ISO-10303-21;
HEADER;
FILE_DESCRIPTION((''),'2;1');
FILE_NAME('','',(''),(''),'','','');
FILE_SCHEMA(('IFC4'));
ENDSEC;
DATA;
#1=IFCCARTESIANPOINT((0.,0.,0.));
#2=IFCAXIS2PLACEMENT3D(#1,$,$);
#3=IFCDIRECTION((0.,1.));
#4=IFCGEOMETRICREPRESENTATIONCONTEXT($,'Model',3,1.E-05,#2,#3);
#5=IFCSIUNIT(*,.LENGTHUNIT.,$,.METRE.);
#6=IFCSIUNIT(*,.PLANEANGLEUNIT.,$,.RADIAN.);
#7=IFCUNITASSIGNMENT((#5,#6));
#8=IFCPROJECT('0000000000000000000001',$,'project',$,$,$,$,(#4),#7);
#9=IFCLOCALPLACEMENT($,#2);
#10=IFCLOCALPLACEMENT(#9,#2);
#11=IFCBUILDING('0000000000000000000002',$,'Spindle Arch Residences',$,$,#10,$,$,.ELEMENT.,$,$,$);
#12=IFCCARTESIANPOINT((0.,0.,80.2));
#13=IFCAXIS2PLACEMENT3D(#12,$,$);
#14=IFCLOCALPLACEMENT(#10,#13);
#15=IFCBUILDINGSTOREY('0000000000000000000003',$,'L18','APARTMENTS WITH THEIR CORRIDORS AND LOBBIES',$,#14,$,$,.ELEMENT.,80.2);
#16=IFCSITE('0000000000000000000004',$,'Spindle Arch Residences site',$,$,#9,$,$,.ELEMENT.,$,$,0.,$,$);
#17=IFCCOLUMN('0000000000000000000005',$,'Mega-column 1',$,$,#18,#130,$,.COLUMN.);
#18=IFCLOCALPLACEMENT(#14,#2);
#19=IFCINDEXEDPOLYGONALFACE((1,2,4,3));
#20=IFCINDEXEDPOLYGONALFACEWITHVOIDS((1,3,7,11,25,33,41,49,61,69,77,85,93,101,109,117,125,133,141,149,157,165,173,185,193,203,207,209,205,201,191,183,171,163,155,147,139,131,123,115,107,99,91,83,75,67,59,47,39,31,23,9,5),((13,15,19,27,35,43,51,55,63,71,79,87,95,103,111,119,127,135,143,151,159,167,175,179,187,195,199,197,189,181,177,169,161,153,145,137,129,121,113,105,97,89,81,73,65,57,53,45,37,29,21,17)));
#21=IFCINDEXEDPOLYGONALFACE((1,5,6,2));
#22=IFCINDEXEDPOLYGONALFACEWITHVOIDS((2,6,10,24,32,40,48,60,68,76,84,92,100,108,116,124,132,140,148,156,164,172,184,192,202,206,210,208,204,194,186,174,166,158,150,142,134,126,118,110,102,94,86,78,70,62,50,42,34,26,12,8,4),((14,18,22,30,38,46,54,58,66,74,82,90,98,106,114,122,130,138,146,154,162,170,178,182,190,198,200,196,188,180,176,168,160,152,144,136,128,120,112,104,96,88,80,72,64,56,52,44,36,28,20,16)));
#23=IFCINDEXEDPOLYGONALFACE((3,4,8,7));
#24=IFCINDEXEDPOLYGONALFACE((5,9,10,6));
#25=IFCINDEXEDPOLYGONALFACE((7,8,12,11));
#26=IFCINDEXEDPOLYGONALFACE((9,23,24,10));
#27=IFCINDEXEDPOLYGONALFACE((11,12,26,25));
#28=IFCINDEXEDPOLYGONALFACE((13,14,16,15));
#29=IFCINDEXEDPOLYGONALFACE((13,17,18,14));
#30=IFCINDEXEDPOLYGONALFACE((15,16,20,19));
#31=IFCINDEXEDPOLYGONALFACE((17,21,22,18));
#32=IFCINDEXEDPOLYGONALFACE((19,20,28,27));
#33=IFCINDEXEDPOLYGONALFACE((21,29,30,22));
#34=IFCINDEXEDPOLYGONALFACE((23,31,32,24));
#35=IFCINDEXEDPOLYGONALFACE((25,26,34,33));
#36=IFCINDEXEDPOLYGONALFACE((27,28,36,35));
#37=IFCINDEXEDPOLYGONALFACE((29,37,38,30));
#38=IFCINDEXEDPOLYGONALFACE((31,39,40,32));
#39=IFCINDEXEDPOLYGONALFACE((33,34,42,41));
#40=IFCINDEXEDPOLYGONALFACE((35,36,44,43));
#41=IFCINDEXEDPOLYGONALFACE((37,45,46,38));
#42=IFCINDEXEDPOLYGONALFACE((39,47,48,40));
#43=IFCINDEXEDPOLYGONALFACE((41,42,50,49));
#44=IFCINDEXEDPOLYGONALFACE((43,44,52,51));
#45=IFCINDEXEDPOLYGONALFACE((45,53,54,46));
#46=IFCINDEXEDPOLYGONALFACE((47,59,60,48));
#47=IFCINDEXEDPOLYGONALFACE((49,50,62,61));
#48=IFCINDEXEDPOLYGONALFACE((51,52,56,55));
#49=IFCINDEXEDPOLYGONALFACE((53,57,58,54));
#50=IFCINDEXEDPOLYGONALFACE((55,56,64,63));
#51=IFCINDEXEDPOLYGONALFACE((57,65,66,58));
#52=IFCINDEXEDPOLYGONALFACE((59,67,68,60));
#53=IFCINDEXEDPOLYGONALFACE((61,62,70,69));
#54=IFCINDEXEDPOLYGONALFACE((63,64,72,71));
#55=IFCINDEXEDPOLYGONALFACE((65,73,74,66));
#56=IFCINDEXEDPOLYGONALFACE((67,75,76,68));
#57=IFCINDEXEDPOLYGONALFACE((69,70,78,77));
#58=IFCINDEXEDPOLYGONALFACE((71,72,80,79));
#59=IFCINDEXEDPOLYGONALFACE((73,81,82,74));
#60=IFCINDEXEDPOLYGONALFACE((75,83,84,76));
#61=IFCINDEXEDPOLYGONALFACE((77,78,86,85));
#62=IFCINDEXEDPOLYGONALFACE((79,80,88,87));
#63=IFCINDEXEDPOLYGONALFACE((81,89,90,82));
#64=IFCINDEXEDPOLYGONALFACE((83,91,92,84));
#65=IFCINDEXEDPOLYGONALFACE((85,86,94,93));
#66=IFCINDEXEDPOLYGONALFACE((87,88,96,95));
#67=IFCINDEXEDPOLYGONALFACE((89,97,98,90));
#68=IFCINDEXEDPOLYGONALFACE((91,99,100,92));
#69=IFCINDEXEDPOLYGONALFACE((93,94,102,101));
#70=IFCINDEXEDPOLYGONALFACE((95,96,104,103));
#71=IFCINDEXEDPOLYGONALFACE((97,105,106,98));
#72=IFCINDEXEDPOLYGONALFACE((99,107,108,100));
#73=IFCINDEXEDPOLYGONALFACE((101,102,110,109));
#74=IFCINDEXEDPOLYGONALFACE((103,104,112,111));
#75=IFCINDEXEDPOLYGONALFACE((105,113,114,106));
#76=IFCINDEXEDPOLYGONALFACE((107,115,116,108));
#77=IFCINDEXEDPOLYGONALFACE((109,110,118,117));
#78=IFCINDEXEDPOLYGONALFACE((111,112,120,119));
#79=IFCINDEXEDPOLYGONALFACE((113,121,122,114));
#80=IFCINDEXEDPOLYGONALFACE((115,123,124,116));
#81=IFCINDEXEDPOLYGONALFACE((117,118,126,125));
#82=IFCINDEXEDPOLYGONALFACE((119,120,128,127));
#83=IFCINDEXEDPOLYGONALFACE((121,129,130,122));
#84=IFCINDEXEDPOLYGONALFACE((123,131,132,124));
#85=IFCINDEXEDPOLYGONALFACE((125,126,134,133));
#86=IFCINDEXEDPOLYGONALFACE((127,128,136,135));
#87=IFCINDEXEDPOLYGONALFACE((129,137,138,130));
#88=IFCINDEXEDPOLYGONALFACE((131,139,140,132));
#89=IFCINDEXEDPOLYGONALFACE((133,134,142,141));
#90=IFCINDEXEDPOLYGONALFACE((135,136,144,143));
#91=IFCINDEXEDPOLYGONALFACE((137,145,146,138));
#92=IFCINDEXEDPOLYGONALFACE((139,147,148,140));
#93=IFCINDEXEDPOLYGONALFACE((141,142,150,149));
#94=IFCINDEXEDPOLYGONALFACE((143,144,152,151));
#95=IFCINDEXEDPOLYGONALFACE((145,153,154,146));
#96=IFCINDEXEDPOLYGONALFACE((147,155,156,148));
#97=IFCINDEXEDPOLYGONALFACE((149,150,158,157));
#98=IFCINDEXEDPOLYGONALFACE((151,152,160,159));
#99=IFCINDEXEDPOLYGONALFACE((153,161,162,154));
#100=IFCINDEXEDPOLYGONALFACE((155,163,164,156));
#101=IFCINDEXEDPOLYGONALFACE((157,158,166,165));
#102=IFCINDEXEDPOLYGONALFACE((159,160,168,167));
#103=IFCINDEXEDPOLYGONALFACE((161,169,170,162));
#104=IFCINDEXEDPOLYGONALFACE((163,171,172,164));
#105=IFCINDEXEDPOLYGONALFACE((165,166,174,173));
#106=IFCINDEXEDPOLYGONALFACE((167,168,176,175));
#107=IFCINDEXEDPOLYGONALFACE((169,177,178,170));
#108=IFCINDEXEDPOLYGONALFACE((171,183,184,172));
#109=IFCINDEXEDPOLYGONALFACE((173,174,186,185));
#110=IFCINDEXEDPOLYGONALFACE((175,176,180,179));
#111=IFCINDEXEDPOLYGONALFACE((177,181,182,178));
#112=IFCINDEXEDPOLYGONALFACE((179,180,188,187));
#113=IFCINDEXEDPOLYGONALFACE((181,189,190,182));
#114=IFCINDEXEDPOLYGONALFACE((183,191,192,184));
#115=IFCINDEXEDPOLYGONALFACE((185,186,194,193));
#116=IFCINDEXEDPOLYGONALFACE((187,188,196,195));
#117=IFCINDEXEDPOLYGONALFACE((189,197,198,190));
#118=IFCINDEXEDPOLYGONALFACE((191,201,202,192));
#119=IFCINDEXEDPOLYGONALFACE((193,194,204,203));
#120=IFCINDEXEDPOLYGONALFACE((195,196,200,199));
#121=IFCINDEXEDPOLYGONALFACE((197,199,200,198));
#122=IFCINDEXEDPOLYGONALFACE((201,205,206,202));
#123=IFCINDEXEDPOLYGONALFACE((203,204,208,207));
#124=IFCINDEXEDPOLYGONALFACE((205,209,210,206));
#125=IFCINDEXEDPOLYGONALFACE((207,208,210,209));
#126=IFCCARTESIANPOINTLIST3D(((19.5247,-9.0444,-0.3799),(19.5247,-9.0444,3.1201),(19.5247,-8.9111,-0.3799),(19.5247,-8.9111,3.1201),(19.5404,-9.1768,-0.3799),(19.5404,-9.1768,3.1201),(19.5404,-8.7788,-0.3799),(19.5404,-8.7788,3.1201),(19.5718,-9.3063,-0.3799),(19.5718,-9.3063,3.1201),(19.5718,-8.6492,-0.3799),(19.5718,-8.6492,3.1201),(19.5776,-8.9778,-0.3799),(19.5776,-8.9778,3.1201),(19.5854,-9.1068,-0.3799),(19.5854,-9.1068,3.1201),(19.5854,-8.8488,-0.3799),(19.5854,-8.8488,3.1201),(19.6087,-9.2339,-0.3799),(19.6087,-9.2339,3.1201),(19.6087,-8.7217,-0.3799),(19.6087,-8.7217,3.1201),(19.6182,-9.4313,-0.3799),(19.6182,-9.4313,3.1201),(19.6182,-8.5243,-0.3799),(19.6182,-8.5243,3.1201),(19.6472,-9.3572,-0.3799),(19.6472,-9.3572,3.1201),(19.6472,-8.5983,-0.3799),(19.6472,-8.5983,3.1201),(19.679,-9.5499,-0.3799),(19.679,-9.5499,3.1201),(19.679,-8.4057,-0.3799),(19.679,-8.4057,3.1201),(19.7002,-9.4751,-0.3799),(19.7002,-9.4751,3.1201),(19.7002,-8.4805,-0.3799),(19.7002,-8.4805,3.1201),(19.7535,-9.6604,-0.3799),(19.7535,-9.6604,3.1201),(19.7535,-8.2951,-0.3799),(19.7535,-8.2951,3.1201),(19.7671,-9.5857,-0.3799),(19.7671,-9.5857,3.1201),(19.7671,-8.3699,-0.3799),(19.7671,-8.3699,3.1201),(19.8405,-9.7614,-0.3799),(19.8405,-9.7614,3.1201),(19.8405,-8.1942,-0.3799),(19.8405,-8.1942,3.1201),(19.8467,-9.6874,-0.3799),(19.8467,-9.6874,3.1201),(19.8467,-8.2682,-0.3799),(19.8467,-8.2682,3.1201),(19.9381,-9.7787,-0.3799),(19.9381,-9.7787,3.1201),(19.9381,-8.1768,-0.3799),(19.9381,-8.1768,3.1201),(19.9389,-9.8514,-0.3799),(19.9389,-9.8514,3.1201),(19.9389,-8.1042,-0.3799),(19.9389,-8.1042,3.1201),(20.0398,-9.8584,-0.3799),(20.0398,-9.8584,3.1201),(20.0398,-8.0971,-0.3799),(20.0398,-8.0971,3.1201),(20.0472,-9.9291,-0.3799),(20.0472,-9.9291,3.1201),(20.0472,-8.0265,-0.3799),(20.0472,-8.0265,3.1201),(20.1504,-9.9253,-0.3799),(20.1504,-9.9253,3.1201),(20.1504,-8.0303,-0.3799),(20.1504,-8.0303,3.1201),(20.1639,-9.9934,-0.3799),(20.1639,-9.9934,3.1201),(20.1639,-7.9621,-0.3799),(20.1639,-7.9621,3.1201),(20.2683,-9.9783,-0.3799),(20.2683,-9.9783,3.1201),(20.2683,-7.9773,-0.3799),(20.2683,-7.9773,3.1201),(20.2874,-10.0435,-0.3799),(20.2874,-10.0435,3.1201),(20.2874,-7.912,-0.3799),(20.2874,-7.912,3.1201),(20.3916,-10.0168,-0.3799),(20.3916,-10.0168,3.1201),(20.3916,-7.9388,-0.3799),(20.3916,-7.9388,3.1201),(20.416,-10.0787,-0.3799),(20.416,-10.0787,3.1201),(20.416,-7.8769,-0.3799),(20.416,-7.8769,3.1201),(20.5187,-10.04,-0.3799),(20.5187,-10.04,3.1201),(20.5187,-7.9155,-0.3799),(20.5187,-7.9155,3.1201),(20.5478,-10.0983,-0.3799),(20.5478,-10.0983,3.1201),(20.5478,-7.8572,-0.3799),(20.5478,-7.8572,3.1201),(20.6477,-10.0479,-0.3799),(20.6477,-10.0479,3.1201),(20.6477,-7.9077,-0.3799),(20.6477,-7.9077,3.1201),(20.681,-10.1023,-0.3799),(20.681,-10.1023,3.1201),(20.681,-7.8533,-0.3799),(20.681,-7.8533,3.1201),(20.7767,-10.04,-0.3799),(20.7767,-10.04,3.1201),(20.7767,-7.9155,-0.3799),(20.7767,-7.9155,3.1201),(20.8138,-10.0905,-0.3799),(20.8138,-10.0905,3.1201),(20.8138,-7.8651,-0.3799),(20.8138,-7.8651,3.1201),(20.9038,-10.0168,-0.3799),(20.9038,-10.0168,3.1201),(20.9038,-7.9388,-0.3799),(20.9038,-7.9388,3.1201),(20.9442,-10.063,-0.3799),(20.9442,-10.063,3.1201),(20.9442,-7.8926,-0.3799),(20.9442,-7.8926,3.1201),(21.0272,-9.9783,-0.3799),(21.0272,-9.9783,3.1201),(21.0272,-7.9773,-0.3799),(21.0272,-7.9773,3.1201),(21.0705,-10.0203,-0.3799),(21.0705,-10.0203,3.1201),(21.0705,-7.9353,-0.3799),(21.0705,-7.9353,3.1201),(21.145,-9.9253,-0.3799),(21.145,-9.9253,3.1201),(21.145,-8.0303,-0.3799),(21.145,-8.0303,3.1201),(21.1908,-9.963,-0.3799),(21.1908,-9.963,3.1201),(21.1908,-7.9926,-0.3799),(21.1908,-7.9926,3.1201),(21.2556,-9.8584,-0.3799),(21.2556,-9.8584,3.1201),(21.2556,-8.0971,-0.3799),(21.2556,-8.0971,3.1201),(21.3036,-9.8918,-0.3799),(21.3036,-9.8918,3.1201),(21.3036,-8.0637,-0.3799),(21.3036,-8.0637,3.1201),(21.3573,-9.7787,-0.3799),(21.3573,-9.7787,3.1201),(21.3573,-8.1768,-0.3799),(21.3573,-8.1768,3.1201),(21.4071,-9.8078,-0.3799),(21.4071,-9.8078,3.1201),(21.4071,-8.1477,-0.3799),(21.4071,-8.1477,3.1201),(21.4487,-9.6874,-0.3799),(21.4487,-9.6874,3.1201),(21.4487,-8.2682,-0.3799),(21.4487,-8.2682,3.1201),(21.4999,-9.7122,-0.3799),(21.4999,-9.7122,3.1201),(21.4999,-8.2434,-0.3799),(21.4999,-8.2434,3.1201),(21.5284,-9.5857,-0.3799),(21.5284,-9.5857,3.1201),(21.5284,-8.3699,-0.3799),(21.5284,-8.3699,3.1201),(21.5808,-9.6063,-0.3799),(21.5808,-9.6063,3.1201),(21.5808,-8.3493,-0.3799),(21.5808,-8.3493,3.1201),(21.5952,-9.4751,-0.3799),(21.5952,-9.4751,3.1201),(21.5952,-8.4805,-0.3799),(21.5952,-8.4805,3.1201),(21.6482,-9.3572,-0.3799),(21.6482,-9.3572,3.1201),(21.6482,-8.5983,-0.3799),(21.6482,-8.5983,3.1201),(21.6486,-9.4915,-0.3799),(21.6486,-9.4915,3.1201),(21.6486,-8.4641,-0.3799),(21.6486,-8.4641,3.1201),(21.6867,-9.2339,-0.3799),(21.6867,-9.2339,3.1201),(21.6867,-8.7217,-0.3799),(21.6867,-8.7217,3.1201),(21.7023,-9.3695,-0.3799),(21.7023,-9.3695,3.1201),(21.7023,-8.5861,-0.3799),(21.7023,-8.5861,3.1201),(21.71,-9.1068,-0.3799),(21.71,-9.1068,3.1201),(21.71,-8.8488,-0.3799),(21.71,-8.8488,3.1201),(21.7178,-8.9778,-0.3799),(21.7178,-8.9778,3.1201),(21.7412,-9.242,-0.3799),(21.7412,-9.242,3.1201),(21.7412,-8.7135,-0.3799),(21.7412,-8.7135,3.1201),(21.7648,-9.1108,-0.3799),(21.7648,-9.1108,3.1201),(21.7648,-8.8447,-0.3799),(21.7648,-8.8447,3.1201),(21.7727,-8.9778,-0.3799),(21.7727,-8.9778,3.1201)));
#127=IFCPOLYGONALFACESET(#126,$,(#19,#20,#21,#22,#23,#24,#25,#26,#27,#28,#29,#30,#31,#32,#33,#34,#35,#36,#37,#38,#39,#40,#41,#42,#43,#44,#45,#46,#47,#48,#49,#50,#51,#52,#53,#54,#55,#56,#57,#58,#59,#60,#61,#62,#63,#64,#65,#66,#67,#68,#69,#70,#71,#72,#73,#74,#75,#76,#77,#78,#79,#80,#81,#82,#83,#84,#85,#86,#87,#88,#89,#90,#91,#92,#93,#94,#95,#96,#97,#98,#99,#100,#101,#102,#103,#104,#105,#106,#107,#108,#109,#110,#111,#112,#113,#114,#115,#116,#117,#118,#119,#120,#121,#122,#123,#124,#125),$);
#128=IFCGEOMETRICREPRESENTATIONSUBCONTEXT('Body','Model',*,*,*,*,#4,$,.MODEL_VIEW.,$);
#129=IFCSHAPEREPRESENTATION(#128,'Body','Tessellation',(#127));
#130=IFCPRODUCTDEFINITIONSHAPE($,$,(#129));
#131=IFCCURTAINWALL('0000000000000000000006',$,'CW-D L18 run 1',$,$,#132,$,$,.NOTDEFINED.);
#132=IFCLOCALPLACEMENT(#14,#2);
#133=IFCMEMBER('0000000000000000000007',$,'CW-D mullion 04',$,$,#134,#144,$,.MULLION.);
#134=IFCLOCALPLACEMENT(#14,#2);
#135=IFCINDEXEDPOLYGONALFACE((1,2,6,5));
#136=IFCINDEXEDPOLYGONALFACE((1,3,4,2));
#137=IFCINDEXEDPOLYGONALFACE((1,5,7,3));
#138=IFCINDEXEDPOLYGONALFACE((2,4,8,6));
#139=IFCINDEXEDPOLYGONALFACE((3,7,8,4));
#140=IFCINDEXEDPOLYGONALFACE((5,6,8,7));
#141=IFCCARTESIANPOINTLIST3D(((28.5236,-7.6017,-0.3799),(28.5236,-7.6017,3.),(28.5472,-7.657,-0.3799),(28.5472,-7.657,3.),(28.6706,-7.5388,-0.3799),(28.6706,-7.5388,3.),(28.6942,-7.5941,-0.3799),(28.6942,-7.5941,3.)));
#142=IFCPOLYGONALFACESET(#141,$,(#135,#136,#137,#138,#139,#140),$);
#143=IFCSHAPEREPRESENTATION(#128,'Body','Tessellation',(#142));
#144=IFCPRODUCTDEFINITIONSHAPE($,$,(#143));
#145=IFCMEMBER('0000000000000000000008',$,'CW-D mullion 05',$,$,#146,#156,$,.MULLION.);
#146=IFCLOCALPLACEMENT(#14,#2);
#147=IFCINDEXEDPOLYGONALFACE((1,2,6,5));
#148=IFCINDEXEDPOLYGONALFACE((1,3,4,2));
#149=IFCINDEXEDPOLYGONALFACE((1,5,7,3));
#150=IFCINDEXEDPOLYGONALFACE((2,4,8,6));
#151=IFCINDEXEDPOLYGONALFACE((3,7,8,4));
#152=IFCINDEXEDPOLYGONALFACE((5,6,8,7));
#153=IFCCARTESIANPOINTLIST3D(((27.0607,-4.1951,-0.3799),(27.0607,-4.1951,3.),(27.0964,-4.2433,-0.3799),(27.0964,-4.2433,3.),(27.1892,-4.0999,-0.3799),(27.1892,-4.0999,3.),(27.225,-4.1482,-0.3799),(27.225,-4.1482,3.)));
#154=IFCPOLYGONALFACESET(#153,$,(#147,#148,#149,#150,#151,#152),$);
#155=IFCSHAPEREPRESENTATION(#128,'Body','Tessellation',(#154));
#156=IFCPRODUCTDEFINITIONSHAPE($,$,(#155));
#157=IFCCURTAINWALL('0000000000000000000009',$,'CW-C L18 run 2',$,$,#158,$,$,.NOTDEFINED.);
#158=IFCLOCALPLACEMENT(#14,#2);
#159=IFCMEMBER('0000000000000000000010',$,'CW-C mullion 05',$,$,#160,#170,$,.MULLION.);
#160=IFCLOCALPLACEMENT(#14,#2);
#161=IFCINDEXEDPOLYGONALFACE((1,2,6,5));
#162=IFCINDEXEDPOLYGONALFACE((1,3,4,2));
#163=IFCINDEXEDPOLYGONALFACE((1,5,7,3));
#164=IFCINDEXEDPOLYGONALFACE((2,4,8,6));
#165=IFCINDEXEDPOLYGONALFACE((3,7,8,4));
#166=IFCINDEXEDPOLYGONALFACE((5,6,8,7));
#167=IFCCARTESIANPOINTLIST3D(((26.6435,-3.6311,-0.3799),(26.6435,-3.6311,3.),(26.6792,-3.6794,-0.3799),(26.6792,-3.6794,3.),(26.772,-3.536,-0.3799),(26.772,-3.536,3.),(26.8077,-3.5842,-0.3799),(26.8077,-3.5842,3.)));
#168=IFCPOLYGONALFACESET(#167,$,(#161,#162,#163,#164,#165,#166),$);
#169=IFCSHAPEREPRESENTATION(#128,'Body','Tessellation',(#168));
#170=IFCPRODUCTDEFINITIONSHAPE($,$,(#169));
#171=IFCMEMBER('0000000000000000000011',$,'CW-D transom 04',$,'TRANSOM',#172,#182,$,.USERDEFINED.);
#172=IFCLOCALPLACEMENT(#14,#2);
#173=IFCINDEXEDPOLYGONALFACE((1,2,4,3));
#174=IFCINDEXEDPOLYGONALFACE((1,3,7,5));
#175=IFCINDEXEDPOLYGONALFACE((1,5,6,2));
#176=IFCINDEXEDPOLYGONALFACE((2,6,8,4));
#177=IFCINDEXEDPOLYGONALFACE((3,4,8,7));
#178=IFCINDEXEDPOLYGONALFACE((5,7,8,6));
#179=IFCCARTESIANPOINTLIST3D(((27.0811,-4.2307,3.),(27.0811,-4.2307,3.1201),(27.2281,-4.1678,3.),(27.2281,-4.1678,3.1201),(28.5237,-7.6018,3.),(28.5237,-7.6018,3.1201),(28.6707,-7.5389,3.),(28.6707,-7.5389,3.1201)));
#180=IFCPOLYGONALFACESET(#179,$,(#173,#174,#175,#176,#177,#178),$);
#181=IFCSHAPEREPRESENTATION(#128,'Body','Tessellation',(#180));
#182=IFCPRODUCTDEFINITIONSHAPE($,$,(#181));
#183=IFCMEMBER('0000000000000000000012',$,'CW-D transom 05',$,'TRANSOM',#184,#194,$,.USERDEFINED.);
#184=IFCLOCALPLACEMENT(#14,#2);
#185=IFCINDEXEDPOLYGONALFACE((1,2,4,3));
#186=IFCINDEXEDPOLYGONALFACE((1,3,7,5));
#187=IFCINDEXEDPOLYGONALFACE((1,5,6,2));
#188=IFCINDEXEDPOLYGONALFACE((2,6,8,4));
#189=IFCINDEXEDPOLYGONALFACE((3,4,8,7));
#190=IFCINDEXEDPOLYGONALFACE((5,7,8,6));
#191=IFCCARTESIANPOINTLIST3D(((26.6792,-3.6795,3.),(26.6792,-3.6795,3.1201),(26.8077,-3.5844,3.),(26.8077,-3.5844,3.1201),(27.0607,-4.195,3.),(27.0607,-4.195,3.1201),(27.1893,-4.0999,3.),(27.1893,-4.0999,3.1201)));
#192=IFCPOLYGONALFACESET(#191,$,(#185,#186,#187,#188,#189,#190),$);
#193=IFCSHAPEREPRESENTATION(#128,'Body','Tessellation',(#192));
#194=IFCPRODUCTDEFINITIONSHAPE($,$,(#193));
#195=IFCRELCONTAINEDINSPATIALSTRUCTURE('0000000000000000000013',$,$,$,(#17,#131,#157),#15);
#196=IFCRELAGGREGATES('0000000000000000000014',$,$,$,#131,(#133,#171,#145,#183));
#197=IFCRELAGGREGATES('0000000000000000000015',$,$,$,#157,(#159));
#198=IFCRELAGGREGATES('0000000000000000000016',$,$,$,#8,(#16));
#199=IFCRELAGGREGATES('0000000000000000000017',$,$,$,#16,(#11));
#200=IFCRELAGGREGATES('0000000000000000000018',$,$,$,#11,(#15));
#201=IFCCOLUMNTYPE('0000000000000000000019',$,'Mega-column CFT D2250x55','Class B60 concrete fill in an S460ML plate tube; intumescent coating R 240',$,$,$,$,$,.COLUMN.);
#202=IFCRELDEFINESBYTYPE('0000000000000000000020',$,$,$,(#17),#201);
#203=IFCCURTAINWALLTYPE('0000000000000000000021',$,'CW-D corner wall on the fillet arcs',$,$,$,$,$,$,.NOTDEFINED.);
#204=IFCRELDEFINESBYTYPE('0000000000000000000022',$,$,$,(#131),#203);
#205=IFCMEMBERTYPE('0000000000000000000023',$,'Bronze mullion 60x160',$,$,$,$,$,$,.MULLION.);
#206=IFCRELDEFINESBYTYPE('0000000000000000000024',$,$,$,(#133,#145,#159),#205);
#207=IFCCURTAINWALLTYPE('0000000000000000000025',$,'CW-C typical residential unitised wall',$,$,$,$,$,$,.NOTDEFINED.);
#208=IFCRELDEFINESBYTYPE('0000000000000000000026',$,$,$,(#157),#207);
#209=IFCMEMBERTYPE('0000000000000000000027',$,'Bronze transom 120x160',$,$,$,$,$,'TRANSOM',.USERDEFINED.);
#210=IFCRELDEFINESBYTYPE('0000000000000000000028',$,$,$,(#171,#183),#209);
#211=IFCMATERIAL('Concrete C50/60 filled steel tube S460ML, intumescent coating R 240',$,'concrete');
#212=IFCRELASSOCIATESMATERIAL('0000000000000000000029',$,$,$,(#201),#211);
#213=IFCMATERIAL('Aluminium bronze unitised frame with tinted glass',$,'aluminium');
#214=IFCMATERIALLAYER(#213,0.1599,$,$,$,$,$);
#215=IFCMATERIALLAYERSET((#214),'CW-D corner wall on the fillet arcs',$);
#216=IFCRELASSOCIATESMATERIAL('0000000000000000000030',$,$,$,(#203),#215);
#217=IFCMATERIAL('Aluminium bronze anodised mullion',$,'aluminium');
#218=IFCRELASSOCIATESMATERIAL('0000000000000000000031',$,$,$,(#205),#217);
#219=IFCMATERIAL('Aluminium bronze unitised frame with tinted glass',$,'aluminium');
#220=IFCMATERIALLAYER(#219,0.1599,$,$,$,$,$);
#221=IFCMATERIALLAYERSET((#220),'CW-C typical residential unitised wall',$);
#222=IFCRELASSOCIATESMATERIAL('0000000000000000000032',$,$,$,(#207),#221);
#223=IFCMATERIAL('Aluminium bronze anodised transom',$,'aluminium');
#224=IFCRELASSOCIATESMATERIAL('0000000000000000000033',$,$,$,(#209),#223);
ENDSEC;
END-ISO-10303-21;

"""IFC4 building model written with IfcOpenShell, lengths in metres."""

from ifc_helpers import new_model, si_unit, direction, frame, origin, origin_2d, place, context, subcontext, project, spatial, rectangle, hollow_circle, extrude, material, layer, layer_set, material_profile, profile_set, type_object, element, aggregate, save


model = new_model("IFC4")

# Units and contexts
model_context = context("Model", 3, precision=1e-05, world=origin(), true_north=direction((0.0, 1.0)))
body_context = subcontext(model_context, "Body", "Model", "MODEL_VIEW")
ifc_project = project(units=[si_unit("LENGTHUNIT", "METRE"), si_unit("PLANEANGLEUNIT", "RADIAN")], contexts=[model_context])

# Site, building, storey
site_placement = place(None, origin())
site = spatial("IfcSite", under=ifc_project, at=site_placement, Name="Spindle Arch Residences site", CompositionType="ELEMENT", RefElevation=0.0)
building_placement = place(site_placement, origin())
building = spatial("IfcBuilding", under=site, at=building_placement, Name="Spindle Arch Residences", CompositionType="ELEMENT")
storey_placement = place(building_placement, frame((0.0, 0.0, 80.2)))
storey = spatial("IfcBuildingStorey", under=building, at=storey_placement, Name="L18", Description="APARTMENTS WITH THEIR CORRIDORS AND LOBBIES", CompositionType="ELEMENT", Elevation=80.2)

# Column
ifc_material_1 = material(Name="Concrete C50/60 filled steel tube S460ML, intumescent coating R 240", Category="concrete")
ifc_material_profile_1 = material_profile(ifc_material_1, hollow_circle(Radius=1.125, WallThickness=0.0549, at=origin_2d()), Name="CFT D2250x55")
ifc_profile_set_1 = profile_set([ifc_material_profile_1], Name="Concrete C50/60 filled steel tube S460ML, intumescent coating R 240")
column_type_1 = type_object("IfcColumnType", Name="Mega-column CFT D2250x55", Description="Class B60 concrete fill in an S460ML plate tube; intumescent coating R 240", PredefinedType="COLUMN", material=ifc_profile_set_1)
column_placement = place(storey_placement, frame((20.6477, -8.9778, -0.3799), z_axis=(0.0, 0.0, 1.0), x_axis=(1.0, 0.0, 0.0)))
element("IfcColumn", 1, at=column_placement, inside=storey, type_object=column_type_1, Name="Mega-column 1", PredefinedType="COLUMN", context=body_context, shape_type="SweptSolid", body=[
    extrude(hollow_circle(Radius=1.125, WallThickness=0.0549, at=origin_2d()), origin(), (0.0, 0.0, 1.0), 3.5),
])

# Curtain wall, members
ifc_material_2 = material(Name="Aluminium bronze unitised frame with tinted glass", Category="aluminium")
ifc_layer_1 = layer(ifc_material_2, 0.1599)
ifc_layer_set_1 = layer_set([ifc_layer_1], Name="CW-D corner wall on the fillet arcs")
curtain_wall_type_1 = type_object("IfcCurtainWallType", Name="CW-D corner wall on the fillet arcs", PredefinedType="NOTDEFINED", material=ifc_layer_set_1)
curtain_wall_1_placement = place(storey_placement, origin())
curtain_wall_1 = element("IfcCurtainWall", 2, at=curtain_wall_1_placement, inside=storey, type_object=curtain_wall_type_1, Name="CW-D L18 run 1", PredefinedType="NOTDEFINED")
ifc_material_3 = material(Name="Aluminium bronze anodised mullion", Category="aluminium")
ifc_material_profile_2 = material_profile(ifc_material_3, rectangle(XDim=0.1599, YDim=0.0601, at=origin_2d()), Name="MU 60x160")
ifc_profile_set_2 = profile_set([ifc_material_profile_2], Name="Aluminium bronze anodised mullion")
member_type_1 = type_object("IfcMemberType", Name="Bronze mullion 60x160", PredefinedType="MULLION", material=ifc_profile_set_2)
member_1_placement = place(storey_placement, frame((28.6089, -7.5979, -0.3799), z_axis=(0.0, 0.0, 1.0), x_axis=(-0.919364, -0.393407, 0.0)))
member_1 = element("IfcMember", 3, at=member_1_placement, type_object=member_type_1, Name="CW-D mullion 04", PredefinedType="MULLION", context=body_context, shape_type="SweptSolid", body=[
    extrude(rectangle(XDim=0.1599, YDim=0.0601, at=origin_2d()), origin(), (0.0, 0.0, 1.0), 3.3799),
])
member_2_placement = place(storey_placement, frame((27.1428, -4.1716, -0.3799), z_axis=(0.0, 0.0, 1.0), x_axis=(-0.803857, -0.594823, 0.0)))
member_2 = element("IfcMember", 4, at=member_2_placement, type_object=member_type_1, Name="CW-D mullion 05", PredefinedType="MULLION", context=body_context, shape_type="SweptSolid", body=[
    extrude(rectangle(XDim=0.1599, YDim=0.0601, at=origin_2d()), origin(), (0.0, 0.0, 1.0), 3.3799),
])

# Curtain wall, member
ifc_material_4 = material(Name="Aluminium bronze unitised frame with tinted glass", Category="aluminium")
ifc_layer_2 = layer(ifc_material_4, 0.1599)
ifc_layer_set_2 = layer_set([ifc_layer_2], Name="CW-C typical residential unitised wall")
curtain_wall_type_2 = type_object("IfcCurtainWallType", Name="CW-C typical residential unitised wall", PredefinedType="NOTDEFINED", material=ifc_layer_set_2)
curtain_wall_2_placement = place(storey_placement, origin())
curtain_wall_2 = element("IfcCurtainWall", 5, at=curtain_wall_2_placement, inside=storey, type_object=curtain_wall_type_2, Name="CW-C L18 run 2", PredefinedType="NOTDEFINED")
member_3_placement = place(storey_placement, frame((26.7256, -3.6077, -0.3799), z_axis=(0.0, 0.0, 1.0), x_axis=(-0.803857, -0.594823, 0.0)))
member_3 = element("IfcMember", 6, at=member_3_placement, type_object=member_type_1, Name="CW-C mullion 05", PredefinedType="MULLION", context=body_context, shape_type="SweptSolid", body=[
    extrude(rectangle(XDim=0.1599, YDim=0.0601, at=origin_2d()), origin(), (0.0, 0.0, 1.0), 3.3799),
])

# Members
ifc_material_5 = material(Name="Aluminium bronze anodised transom", Category="aluminium")
ifc_material_profile_3 = material_profile(ifc_material_5, rectangle(XDim=0.1599, YDim=0.1201, at=origin_2d()), Name="TR 120x160")
ifc_profile_set_3 = profile_set([ifc_material_profile_3], Name="Aluminium bronze anodised transom")
member_type_2 = type_object("IfcMemberType", Name="Bronze transom 120x160", ElementType="TRANSOM", PredefinedType="USERDEFINED", material=ifc_profile_set_3)
member_4_placement = place(storey_placement, frame((28.5972, -7.5703, 3.0601), z_axis=(-0.393429, 0.919355, 0.0), x_axis=(-0.919355, -0.393429, 0.0)))
member_4 = element("IfcMember", 7, at=member_4_placement, type_object=member_type_2, Name="CW-D transom 04", ObjectType="TRANSOM", PredefinedType="USERDEFINED", context=body_context, shape_type="SweptSolid", body=[
    extrude(rectangle(XDim=0.1599, YDim=0.1201, at=origin_2d()), origin(), (0.0, 0.0, 1.0), 3.6667),
])
member_5_placement = place(storey_placement, frame((27.125, -4.1475, 3.0601), z_axis=(-0.594873, 0.80382, 0.0), x_axis=(-0.80382, -0.594873, 0.0)))
member_5 = element("IfcMember", 8, at=member_5_placement, type_object=member_type_2, Name="CW-D transom 05", ObjectType="TRANSOM", PredefinedType="USERDEFINED", context=body_context, shape_type="SweptSolid", body=[
    extrude(rectangle(XDim=0.1599, YDim=0.1201, at=origin_2d()), origin(), (0.0, 0.0, 1.0), 0.6414),
])

aggregate(curtain_wall_1, [member_1, member_4, member_2, member_5])
aggregate(curtain_wall_2, [member_3])

save(model, "model.ifc")
